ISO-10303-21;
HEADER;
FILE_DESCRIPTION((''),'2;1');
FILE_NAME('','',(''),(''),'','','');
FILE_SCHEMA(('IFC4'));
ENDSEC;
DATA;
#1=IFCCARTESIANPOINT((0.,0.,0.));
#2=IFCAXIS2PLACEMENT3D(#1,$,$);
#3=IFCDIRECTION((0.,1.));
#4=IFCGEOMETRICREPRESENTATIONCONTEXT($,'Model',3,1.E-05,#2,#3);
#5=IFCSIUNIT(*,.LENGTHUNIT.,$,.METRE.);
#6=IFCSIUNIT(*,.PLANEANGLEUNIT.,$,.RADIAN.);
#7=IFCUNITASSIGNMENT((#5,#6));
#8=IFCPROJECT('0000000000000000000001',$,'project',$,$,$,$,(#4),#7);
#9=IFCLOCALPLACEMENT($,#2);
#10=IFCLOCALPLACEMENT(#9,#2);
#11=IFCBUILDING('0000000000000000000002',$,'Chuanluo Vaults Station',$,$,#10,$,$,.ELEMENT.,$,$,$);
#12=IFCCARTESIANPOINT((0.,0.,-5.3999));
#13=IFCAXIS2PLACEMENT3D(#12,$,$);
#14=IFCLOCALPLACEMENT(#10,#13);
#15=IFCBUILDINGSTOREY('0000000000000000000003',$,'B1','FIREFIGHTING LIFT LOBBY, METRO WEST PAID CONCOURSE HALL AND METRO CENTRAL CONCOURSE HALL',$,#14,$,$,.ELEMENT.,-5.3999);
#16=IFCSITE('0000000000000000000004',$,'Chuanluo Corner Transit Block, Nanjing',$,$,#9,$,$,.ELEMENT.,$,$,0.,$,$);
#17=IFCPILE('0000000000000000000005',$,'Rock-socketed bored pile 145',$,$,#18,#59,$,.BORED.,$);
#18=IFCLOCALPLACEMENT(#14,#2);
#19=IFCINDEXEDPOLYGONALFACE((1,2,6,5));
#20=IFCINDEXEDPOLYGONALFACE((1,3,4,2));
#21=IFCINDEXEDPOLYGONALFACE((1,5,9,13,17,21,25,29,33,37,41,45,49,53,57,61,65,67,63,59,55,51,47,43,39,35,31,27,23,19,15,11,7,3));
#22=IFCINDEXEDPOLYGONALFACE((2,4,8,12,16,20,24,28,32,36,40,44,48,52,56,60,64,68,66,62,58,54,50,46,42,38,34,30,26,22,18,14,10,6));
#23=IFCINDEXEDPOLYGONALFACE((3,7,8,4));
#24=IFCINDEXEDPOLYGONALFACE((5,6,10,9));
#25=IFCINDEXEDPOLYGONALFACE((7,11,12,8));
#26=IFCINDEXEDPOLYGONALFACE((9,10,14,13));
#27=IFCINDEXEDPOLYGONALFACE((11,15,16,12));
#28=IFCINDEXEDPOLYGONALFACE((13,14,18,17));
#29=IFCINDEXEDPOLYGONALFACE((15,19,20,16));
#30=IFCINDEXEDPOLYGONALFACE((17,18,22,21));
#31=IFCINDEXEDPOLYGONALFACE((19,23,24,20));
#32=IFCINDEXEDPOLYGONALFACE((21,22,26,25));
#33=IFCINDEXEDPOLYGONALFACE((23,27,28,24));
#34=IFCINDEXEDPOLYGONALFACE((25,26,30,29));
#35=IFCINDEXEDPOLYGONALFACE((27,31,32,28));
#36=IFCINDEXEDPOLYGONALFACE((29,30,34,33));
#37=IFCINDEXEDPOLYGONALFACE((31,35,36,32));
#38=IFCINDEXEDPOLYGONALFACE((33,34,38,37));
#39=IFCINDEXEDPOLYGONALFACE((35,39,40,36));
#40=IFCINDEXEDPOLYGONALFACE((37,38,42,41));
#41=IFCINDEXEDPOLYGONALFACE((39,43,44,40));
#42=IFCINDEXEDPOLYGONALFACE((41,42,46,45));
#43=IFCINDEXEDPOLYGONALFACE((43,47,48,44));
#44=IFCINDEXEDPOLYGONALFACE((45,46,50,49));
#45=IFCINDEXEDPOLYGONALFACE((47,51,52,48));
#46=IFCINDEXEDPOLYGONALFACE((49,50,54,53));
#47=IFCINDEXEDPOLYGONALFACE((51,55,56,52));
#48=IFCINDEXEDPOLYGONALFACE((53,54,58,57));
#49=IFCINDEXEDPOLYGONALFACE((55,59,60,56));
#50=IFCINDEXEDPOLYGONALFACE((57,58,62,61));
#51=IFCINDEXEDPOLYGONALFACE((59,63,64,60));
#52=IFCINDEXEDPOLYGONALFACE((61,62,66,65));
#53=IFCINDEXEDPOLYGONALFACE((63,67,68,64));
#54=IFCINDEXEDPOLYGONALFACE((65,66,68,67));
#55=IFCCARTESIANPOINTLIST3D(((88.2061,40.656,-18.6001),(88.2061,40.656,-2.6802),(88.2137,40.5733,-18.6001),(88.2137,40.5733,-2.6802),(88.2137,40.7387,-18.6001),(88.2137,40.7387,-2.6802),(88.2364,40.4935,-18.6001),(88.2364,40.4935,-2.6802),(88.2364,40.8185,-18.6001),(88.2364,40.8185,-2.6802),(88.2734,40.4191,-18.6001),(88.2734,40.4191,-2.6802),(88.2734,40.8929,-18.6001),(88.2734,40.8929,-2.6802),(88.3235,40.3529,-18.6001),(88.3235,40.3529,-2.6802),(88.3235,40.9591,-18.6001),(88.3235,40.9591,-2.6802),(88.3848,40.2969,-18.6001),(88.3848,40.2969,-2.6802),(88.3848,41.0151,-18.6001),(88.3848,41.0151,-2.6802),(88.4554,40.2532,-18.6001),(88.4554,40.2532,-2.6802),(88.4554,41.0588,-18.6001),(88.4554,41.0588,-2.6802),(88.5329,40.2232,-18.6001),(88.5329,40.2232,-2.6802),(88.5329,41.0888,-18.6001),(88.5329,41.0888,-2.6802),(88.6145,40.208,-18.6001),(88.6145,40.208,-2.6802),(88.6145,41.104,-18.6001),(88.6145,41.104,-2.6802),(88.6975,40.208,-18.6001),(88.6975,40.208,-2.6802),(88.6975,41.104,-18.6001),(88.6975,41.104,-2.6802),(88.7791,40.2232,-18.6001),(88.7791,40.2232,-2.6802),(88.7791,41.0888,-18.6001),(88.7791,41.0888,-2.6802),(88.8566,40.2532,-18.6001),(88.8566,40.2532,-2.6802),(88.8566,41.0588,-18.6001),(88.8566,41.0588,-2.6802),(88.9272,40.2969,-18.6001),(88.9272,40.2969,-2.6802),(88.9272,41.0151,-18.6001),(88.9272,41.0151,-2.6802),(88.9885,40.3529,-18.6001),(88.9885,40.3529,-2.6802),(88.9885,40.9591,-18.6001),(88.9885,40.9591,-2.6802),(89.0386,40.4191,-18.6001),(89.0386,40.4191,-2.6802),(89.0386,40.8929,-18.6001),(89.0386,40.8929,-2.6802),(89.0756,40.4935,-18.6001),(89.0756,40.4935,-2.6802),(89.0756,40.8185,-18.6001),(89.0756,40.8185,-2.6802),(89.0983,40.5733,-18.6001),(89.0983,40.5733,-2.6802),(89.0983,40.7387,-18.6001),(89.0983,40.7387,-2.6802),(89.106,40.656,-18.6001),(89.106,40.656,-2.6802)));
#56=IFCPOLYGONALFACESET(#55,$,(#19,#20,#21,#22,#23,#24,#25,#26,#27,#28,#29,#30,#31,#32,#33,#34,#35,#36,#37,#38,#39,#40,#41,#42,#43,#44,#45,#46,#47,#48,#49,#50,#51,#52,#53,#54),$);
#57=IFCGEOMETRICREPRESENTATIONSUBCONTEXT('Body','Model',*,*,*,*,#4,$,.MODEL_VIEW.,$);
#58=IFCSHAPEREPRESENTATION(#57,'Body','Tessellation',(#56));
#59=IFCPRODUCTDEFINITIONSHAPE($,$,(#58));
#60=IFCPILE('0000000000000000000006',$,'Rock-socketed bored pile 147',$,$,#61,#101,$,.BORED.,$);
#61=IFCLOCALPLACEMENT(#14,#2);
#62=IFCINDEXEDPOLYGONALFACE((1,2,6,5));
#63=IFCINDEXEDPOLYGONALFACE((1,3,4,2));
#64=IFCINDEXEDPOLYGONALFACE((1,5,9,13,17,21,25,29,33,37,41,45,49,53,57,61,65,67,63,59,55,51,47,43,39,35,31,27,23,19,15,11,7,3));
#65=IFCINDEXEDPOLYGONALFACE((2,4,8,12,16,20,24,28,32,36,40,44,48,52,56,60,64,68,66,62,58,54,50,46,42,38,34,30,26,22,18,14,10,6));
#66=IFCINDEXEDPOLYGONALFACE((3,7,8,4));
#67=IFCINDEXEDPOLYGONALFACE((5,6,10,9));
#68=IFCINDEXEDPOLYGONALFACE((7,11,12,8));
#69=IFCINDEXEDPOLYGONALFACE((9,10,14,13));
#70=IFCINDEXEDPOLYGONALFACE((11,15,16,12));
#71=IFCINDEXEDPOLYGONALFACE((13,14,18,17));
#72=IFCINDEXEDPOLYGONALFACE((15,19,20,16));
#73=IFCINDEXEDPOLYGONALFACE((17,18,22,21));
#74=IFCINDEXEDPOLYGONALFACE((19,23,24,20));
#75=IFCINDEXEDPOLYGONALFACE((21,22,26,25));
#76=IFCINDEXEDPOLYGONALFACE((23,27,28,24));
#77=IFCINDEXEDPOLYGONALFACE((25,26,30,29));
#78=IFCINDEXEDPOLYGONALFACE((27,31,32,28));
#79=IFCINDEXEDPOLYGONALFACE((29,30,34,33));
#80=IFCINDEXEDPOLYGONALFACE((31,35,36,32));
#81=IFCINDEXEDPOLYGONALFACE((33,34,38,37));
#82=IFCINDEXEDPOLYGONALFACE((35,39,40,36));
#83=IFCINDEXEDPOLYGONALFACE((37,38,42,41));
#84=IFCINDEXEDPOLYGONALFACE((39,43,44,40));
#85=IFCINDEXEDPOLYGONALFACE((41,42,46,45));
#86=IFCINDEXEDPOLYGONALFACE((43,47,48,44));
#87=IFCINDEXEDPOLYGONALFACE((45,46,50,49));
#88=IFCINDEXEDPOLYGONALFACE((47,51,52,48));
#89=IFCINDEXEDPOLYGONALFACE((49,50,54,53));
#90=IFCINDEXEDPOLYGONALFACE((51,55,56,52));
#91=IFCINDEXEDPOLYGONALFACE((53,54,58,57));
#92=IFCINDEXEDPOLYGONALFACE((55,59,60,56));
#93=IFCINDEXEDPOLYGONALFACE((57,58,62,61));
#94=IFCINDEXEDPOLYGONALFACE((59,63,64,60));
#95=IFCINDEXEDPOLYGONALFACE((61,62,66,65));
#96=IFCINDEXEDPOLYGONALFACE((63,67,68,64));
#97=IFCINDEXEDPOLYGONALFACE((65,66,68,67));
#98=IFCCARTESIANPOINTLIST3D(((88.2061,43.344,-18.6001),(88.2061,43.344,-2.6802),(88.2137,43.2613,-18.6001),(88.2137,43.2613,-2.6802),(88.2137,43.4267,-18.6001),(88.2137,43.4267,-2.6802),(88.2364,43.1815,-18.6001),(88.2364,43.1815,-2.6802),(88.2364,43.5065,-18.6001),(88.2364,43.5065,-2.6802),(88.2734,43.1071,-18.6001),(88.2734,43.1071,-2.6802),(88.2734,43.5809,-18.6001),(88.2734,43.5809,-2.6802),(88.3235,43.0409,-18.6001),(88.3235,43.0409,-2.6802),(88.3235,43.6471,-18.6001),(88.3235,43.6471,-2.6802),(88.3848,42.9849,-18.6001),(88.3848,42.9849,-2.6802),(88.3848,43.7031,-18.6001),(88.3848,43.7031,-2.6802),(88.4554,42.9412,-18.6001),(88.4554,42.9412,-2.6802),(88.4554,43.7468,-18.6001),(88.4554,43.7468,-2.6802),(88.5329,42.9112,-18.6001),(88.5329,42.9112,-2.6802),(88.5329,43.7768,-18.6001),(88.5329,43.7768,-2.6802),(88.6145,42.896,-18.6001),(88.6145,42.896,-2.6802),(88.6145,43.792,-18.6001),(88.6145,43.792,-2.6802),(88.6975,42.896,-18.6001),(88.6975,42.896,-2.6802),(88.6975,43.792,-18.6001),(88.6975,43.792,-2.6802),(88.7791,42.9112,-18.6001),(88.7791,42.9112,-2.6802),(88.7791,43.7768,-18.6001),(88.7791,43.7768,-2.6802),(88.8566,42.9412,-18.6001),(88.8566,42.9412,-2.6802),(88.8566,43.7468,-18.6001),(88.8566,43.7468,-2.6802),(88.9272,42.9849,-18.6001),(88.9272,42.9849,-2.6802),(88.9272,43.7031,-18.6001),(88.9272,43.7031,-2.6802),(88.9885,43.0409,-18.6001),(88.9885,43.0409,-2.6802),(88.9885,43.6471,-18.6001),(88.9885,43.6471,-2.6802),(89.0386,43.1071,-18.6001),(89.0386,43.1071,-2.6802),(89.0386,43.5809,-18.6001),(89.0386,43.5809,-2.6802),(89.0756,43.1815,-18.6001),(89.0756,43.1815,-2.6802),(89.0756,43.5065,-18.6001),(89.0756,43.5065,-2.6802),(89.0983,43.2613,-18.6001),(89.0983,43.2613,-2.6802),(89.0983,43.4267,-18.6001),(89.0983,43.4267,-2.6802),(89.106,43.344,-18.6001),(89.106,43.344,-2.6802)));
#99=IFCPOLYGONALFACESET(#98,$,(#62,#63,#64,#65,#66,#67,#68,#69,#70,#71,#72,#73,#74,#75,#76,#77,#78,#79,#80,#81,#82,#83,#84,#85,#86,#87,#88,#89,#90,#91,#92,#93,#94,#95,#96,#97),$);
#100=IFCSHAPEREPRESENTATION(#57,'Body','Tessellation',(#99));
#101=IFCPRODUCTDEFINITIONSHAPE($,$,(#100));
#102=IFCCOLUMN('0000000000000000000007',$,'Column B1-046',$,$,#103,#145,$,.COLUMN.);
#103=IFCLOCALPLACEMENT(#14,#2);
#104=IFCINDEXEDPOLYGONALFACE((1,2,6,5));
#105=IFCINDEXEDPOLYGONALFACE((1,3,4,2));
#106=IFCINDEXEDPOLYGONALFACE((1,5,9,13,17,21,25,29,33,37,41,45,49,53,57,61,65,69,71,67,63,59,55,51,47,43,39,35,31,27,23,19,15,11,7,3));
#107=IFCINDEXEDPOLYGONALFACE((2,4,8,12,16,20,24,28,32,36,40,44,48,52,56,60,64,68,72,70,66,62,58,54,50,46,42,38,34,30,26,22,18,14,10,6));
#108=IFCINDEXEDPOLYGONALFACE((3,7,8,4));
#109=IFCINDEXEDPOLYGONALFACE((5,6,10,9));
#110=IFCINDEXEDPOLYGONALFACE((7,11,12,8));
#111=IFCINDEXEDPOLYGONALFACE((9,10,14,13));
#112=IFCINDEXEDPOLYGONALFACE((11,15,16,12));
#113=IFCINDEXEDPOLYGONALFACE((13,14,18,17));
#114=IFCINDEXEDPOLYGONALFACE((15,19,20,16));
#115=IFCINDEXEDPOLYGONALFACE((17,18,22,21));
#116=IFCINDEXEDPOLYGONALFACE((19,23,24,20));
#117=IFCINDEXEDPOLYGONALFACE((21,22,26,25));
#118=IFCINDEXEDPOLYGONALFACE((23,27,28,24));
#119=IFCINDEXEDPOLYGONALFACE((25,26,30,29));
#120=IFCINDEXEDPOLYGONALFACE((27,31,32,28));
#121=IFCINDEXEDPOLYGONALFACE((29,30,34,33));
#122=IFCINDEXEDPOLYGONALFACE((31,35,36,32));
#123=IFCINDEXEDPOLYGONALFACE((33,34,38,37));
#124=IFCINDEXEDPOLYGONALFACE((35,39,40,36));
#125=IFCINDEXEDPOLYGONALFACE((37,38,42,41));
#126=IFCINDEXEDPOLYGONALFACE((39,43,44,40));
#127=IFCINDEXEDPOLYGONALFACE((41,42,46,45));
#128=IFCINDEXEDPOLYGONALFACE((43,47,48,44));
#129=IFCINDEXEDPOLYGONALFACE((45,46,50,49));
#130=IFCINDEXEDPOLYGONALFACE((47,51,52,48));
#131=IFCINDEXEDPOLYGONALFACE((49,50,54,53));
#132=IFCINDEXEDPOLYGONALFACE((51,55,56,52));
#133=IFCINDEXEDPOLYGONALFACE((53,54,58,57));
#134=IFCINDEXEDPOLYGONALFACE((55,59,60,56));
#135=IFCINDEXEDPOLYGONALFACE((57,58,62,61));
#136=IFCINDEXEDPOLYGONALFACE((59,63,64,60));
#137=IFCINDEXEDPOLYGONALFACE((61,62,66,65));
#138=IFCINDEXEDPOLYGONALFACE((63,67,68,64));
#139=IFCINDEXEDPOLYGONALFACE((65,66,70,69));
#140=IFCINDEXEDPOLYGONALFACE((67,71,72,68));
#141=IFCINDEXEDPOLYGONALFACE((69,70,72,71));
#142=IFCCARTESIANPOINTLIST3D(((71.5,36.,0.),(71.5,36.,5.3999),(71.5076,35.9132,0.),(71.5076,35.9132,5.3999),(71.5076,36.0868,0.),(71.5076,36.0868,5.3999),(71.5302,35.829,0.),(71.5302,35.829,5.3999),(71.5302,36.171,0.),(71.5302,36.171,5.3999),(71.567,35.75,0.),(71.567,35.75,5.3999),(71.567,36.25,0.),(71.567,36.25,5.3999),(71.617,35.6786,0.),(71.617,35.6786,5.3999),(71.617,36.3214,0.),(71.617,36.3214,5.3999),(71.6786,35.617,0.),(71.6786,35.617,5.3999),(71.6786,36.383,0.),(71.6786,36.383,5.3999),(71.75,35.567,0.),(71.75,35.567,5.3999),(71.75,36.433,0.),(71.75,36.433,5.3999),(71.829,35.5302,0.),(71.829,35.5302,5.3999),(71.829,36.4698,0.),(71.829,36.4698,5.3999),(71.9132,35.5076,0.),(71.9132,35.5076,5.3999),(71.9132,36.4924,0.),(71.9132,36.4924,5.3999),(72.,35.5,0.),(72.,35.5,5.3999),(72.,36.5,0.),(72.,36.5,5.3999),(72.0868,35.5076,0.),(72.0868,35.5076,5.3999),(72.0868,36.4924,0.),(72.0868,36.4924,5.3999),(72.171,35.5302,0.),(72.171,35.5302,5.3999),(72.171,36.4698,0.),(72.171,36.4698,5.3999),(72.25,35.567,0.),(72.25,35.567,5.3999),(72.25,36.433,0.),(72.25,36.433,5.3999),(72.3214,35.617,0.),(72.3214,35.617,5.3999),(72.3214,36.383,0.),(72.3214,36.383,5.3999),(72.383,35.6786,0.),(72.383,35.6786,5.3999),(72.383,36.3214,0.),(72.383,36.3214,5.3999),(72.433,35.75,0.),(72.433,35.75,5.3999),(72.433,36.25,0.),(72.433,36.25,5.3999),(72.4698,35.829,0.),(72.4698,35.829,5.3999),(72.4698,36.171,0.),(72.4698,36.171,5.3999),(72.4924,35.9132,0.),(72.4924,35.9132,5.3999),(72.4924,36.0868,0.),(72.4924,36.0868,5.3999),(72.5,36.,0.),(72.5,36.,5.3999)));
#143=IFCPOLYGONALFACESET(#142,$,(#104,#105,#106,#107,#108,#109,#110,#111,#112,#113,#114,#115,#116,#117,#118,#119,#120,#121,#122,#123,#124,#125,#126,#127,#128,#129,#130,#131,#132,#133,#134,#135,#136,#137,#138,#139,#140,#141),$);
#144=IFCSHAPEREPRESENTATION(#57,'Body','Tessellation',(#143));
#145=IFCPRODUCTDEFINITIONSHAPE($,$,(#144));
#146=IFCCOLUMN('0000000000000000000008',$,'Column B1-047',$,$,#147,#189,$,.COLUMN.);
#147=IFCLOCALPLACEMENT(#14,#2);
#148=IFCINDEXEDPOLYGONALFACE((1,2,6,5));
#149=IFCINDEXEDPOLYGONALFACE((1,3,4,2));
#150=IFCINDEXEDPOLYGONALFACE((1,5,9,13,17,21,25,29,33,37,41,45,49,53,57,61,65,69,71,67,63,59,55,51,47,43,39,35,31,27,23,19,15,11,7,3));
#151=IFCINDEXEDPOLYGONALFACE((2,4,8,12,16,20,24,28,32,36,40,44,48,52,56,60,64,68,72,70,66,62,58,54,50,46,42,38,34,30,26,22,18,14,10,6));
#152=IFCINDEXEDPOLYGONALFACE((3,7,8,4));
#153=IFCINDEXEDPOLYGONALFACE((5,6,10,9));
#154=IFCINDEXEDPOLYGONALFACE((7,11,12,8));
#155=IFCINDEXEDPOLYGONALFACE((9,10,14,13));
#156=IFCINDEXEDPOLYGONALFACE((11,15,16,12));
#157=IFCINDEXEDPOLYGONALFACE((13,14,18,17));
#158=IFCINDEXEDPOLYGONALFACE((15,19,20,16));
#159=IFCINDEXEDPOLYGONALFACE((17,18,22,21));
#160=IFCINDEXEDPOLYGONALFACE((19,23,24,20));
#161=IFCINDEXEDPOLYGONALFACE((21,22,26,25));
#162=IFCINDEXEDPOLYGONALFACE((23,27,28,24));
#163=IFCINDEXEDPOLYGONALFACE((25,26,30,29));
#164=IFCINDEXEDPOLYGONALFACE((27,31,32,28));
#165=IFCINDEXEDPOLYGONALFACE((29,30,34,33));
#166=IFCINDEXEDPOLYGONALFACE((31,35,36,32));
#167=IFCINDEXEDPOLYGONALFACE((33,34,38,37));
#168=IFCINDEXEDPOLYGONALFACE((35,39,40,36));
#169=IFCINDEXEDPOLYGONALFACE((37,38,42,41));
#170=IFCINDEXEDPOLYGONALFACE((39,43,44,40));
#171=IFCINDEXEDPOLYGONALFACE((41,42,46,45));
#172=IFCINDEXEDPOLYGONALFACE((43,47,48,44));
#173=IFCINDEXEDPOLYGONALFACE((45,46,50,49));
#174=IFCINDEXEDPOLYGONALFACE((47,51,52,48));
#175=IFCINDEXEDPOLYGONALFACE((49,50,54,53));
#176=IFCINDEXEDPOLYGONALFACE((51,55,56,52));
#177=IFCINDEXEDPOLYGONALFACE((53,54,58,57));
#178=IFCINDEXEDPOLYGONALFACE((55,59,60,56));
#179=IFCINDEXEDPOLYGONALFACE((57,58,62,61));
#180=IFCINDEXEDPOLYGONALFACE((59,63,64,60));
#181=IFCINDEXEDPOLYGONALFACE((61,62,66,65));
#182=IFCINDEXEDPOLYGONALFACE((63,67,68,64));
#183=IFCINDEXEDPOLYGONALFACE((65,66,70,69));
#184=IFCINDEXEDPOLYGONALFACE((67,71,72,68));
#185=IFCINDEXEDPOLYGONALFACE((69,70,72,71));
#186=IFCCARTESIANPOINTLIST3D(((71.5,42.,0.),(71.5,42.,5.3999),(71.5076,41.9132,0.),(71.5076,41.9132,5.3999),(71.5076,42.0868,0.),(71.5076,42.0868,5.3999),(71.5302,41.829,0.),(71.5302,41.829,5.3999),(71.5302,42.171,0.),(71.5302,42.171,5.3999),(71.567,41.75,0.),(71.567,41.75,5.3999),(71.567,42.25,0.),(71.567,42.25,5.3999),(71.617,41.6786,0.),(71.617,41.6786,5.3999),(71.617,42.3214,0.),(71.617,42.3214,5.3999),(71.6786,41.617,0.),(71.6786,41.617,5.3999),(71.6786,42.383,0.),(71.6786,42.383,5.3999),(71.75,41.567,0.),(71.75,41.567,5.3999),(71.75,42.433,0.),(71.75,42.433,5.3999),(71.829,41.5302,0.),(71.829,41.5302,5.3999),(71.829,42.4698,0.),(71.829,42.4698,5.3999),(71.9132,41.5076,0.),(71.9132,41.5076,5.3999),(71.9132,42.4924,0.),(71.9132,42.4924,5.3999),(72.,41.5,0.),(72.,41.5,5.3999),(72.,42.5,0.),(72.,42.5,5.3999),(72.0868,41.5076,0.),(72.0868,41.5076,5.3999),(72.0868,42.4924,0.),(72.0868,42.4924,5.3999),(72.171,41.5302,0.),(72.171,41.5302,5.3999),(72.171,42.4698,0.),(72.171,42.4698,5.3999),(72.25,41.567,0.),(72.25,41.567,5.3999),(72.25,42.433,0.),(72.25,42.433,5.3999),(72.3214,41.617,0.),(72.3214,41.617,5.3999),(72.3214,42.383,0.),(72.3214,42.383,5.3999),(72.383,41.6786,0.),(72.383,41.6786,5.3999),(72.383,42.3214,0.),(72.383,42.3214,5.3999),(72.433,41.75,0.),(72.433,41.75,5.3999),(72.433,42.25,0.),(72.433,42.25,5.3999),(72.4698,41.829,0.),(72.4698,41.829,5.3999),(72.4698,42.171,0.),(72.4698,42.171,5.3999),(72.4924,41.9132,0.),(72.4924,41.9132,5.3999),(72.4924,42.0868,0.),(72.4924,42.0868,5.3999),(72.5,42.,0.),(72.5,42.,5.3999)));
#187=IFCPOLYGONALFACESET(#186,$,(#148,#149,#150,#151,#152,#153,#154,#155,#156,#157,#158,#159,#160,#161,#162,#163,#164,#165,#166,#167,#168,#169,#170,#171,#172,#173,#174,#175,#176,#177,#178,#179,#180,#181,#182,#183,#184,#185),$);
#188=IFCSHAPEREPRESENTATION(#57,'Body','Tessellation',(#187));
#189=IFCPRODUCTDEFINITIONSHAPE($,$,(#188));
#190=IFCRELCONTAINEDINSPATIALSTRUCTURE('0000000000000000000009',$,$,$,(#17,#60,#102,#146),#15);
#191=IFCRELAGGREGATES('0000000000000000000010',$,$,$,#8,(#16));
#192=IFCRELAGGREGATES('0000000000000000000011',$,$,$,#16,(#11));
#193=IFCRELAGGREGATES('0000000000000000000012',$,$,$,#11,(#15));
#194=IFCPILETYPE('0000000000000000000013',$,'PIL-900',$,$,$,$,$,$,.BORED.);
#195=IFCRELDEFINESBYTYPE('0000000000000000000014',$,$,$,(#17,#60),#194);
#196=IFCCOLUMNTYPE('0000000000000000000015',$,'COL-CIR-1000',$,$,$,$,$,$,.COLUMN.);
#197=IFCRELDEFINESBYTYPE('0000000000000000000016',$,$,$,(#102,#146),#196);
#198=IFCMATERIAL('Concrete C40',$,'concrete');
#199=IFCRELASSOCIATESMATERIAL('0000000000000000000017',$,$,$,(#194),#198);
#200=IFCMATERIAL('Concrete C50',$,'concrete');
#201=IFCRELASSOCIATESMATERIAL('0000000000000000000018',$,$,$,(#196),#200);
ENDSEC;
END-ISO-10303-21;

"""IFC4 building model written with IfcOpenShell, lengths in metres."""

from ifc_helpers import new_model, si_unit, direction, frame, origin, origin_2d, place, context, subcontext, project, spatial, circle, extrude, material, material_profile, profile_set, type_object, element, save


model = new_model("IFC4")

# Units and contexts
model_context = context("Model", 3, precision=1e-05, world=origin(), true_north=direction((0.0, 1.0)))
body_context = subcontext(model_context, "Body", "Model", "MODEL_VIEW")
ifc_project = project(units=[si_unit("LENGTHUNIT", "METRE"), si_unit("PLANEANGLEUNIT", "RADIAN")], contexts=[model_context])

# Site, building, storey
site_placement = place(None, origin())
site = spatial("IfcSite", under=ifc_project, at=site_placement, Name="Chuanluo Corner Transit Block, Nanjing", CompositionType="ELEMENT", RefElevation=0.0)
building_placement = place(site_placement, origin())
building = spatial("IfcBuilding", under=site, at=building_placement, Name="Chuanluo Vaults Station", CompositionType="ELEMENT")
storey_placement = place(building_placement, frame((0.0, 0.0, -5.3999)))
storey = spatial("IfcBuildingStorey", under=building, at=storey_placement, Name="B1", Description="FIREFIGHTING LIFT LOBBY, METRO WEST PAID CONCOURSE HALL AND METRO CENTRAL CONCOURSE HALL", CompositionType="ELEMENT", Elevation=-5.3999)

# Piles
ifc_material_1 = material(Name="Concrete C40", Category="concrete")
ifc_material_profile_1 = material_profile(ifc_material_1, circle(Radius=0.45, at=origin_2d()))
ifc_profile_set_1 = profile_set([ifc_material_profile_1], Name="Concrete C40")
pile_type_1 = type_object("IfcPileType", Name="PIL-900", PredefinedType="BORED", material=ifc_profile_set_1)
for number, where, z_axis, x_axis, name in (
    (1, (88.656, 40.656, -2.6802), (0.0, 0.0, -1.0), (1.0, 0.0, 0.0), "Rock-socketed bored pile 145"),
    (2, (88.656, 43.344, -2.6802), (0.0, 0.0, -1.0), (1.0, 0.0, 0.0), "Rock-socketed bored pile 147"),
):
    element("IfcPile", number, at=place(storey_placement, frame(where, z_axis=z_axis, x_axis=x_axis)), inside=storey, type_object=pile_type_1, Name=name, PredefinedType="BORED", context=body_context, shape_type="SweptSolid", body=[
        extrude(circle(Radius=0.45, at=origin_2d()), origin(), (0.0, 0.0, 1.0), 15.9199),
    ])

# Columns
ifc_material_2 = material(Name="Concrete C50", Category="concrete")
ifc_material_profile_2 = material_profile(ifc_material_2, circle(Radius=0.5, at=origin_2d()))
ifc_profile_set_2 = profile_set([ifc_material_profile_2], Name="Concrete C50")
column_type = type_object("IfcColumnType", Name="COL-CIR-1000", PredefinedType="COLUMN", material=ifc_profile_set_2)
for number, where, z_axis, x_axis, name in (
    (3, (72.0, 36.0, 0.0), (0.0, 0.0, 1.0), (1.0, 0.0, 0.0), "Column B1-046"),
    (4, (72.0, 42.0, 0.0), (0.0, 0.0, 1.0), (1.0, 0.0, 0.0), "Column B1-047"),
):
    element("IfcColumn", number, at=place(storey_placement, frame(where, z_axis=z_axis, x_axis=x_axis)), inside=storey, type_object=column_type, Name=name, PredefinedType="COLUMN", context=body_context, shape_type="SweptSolid", body=[
        extrude(circle(Radius=0.5, at=origin_2d()), origin(), (0.0, 0.0, 1.0), 5.3999),
    ])

save(model, "model.ifc")
